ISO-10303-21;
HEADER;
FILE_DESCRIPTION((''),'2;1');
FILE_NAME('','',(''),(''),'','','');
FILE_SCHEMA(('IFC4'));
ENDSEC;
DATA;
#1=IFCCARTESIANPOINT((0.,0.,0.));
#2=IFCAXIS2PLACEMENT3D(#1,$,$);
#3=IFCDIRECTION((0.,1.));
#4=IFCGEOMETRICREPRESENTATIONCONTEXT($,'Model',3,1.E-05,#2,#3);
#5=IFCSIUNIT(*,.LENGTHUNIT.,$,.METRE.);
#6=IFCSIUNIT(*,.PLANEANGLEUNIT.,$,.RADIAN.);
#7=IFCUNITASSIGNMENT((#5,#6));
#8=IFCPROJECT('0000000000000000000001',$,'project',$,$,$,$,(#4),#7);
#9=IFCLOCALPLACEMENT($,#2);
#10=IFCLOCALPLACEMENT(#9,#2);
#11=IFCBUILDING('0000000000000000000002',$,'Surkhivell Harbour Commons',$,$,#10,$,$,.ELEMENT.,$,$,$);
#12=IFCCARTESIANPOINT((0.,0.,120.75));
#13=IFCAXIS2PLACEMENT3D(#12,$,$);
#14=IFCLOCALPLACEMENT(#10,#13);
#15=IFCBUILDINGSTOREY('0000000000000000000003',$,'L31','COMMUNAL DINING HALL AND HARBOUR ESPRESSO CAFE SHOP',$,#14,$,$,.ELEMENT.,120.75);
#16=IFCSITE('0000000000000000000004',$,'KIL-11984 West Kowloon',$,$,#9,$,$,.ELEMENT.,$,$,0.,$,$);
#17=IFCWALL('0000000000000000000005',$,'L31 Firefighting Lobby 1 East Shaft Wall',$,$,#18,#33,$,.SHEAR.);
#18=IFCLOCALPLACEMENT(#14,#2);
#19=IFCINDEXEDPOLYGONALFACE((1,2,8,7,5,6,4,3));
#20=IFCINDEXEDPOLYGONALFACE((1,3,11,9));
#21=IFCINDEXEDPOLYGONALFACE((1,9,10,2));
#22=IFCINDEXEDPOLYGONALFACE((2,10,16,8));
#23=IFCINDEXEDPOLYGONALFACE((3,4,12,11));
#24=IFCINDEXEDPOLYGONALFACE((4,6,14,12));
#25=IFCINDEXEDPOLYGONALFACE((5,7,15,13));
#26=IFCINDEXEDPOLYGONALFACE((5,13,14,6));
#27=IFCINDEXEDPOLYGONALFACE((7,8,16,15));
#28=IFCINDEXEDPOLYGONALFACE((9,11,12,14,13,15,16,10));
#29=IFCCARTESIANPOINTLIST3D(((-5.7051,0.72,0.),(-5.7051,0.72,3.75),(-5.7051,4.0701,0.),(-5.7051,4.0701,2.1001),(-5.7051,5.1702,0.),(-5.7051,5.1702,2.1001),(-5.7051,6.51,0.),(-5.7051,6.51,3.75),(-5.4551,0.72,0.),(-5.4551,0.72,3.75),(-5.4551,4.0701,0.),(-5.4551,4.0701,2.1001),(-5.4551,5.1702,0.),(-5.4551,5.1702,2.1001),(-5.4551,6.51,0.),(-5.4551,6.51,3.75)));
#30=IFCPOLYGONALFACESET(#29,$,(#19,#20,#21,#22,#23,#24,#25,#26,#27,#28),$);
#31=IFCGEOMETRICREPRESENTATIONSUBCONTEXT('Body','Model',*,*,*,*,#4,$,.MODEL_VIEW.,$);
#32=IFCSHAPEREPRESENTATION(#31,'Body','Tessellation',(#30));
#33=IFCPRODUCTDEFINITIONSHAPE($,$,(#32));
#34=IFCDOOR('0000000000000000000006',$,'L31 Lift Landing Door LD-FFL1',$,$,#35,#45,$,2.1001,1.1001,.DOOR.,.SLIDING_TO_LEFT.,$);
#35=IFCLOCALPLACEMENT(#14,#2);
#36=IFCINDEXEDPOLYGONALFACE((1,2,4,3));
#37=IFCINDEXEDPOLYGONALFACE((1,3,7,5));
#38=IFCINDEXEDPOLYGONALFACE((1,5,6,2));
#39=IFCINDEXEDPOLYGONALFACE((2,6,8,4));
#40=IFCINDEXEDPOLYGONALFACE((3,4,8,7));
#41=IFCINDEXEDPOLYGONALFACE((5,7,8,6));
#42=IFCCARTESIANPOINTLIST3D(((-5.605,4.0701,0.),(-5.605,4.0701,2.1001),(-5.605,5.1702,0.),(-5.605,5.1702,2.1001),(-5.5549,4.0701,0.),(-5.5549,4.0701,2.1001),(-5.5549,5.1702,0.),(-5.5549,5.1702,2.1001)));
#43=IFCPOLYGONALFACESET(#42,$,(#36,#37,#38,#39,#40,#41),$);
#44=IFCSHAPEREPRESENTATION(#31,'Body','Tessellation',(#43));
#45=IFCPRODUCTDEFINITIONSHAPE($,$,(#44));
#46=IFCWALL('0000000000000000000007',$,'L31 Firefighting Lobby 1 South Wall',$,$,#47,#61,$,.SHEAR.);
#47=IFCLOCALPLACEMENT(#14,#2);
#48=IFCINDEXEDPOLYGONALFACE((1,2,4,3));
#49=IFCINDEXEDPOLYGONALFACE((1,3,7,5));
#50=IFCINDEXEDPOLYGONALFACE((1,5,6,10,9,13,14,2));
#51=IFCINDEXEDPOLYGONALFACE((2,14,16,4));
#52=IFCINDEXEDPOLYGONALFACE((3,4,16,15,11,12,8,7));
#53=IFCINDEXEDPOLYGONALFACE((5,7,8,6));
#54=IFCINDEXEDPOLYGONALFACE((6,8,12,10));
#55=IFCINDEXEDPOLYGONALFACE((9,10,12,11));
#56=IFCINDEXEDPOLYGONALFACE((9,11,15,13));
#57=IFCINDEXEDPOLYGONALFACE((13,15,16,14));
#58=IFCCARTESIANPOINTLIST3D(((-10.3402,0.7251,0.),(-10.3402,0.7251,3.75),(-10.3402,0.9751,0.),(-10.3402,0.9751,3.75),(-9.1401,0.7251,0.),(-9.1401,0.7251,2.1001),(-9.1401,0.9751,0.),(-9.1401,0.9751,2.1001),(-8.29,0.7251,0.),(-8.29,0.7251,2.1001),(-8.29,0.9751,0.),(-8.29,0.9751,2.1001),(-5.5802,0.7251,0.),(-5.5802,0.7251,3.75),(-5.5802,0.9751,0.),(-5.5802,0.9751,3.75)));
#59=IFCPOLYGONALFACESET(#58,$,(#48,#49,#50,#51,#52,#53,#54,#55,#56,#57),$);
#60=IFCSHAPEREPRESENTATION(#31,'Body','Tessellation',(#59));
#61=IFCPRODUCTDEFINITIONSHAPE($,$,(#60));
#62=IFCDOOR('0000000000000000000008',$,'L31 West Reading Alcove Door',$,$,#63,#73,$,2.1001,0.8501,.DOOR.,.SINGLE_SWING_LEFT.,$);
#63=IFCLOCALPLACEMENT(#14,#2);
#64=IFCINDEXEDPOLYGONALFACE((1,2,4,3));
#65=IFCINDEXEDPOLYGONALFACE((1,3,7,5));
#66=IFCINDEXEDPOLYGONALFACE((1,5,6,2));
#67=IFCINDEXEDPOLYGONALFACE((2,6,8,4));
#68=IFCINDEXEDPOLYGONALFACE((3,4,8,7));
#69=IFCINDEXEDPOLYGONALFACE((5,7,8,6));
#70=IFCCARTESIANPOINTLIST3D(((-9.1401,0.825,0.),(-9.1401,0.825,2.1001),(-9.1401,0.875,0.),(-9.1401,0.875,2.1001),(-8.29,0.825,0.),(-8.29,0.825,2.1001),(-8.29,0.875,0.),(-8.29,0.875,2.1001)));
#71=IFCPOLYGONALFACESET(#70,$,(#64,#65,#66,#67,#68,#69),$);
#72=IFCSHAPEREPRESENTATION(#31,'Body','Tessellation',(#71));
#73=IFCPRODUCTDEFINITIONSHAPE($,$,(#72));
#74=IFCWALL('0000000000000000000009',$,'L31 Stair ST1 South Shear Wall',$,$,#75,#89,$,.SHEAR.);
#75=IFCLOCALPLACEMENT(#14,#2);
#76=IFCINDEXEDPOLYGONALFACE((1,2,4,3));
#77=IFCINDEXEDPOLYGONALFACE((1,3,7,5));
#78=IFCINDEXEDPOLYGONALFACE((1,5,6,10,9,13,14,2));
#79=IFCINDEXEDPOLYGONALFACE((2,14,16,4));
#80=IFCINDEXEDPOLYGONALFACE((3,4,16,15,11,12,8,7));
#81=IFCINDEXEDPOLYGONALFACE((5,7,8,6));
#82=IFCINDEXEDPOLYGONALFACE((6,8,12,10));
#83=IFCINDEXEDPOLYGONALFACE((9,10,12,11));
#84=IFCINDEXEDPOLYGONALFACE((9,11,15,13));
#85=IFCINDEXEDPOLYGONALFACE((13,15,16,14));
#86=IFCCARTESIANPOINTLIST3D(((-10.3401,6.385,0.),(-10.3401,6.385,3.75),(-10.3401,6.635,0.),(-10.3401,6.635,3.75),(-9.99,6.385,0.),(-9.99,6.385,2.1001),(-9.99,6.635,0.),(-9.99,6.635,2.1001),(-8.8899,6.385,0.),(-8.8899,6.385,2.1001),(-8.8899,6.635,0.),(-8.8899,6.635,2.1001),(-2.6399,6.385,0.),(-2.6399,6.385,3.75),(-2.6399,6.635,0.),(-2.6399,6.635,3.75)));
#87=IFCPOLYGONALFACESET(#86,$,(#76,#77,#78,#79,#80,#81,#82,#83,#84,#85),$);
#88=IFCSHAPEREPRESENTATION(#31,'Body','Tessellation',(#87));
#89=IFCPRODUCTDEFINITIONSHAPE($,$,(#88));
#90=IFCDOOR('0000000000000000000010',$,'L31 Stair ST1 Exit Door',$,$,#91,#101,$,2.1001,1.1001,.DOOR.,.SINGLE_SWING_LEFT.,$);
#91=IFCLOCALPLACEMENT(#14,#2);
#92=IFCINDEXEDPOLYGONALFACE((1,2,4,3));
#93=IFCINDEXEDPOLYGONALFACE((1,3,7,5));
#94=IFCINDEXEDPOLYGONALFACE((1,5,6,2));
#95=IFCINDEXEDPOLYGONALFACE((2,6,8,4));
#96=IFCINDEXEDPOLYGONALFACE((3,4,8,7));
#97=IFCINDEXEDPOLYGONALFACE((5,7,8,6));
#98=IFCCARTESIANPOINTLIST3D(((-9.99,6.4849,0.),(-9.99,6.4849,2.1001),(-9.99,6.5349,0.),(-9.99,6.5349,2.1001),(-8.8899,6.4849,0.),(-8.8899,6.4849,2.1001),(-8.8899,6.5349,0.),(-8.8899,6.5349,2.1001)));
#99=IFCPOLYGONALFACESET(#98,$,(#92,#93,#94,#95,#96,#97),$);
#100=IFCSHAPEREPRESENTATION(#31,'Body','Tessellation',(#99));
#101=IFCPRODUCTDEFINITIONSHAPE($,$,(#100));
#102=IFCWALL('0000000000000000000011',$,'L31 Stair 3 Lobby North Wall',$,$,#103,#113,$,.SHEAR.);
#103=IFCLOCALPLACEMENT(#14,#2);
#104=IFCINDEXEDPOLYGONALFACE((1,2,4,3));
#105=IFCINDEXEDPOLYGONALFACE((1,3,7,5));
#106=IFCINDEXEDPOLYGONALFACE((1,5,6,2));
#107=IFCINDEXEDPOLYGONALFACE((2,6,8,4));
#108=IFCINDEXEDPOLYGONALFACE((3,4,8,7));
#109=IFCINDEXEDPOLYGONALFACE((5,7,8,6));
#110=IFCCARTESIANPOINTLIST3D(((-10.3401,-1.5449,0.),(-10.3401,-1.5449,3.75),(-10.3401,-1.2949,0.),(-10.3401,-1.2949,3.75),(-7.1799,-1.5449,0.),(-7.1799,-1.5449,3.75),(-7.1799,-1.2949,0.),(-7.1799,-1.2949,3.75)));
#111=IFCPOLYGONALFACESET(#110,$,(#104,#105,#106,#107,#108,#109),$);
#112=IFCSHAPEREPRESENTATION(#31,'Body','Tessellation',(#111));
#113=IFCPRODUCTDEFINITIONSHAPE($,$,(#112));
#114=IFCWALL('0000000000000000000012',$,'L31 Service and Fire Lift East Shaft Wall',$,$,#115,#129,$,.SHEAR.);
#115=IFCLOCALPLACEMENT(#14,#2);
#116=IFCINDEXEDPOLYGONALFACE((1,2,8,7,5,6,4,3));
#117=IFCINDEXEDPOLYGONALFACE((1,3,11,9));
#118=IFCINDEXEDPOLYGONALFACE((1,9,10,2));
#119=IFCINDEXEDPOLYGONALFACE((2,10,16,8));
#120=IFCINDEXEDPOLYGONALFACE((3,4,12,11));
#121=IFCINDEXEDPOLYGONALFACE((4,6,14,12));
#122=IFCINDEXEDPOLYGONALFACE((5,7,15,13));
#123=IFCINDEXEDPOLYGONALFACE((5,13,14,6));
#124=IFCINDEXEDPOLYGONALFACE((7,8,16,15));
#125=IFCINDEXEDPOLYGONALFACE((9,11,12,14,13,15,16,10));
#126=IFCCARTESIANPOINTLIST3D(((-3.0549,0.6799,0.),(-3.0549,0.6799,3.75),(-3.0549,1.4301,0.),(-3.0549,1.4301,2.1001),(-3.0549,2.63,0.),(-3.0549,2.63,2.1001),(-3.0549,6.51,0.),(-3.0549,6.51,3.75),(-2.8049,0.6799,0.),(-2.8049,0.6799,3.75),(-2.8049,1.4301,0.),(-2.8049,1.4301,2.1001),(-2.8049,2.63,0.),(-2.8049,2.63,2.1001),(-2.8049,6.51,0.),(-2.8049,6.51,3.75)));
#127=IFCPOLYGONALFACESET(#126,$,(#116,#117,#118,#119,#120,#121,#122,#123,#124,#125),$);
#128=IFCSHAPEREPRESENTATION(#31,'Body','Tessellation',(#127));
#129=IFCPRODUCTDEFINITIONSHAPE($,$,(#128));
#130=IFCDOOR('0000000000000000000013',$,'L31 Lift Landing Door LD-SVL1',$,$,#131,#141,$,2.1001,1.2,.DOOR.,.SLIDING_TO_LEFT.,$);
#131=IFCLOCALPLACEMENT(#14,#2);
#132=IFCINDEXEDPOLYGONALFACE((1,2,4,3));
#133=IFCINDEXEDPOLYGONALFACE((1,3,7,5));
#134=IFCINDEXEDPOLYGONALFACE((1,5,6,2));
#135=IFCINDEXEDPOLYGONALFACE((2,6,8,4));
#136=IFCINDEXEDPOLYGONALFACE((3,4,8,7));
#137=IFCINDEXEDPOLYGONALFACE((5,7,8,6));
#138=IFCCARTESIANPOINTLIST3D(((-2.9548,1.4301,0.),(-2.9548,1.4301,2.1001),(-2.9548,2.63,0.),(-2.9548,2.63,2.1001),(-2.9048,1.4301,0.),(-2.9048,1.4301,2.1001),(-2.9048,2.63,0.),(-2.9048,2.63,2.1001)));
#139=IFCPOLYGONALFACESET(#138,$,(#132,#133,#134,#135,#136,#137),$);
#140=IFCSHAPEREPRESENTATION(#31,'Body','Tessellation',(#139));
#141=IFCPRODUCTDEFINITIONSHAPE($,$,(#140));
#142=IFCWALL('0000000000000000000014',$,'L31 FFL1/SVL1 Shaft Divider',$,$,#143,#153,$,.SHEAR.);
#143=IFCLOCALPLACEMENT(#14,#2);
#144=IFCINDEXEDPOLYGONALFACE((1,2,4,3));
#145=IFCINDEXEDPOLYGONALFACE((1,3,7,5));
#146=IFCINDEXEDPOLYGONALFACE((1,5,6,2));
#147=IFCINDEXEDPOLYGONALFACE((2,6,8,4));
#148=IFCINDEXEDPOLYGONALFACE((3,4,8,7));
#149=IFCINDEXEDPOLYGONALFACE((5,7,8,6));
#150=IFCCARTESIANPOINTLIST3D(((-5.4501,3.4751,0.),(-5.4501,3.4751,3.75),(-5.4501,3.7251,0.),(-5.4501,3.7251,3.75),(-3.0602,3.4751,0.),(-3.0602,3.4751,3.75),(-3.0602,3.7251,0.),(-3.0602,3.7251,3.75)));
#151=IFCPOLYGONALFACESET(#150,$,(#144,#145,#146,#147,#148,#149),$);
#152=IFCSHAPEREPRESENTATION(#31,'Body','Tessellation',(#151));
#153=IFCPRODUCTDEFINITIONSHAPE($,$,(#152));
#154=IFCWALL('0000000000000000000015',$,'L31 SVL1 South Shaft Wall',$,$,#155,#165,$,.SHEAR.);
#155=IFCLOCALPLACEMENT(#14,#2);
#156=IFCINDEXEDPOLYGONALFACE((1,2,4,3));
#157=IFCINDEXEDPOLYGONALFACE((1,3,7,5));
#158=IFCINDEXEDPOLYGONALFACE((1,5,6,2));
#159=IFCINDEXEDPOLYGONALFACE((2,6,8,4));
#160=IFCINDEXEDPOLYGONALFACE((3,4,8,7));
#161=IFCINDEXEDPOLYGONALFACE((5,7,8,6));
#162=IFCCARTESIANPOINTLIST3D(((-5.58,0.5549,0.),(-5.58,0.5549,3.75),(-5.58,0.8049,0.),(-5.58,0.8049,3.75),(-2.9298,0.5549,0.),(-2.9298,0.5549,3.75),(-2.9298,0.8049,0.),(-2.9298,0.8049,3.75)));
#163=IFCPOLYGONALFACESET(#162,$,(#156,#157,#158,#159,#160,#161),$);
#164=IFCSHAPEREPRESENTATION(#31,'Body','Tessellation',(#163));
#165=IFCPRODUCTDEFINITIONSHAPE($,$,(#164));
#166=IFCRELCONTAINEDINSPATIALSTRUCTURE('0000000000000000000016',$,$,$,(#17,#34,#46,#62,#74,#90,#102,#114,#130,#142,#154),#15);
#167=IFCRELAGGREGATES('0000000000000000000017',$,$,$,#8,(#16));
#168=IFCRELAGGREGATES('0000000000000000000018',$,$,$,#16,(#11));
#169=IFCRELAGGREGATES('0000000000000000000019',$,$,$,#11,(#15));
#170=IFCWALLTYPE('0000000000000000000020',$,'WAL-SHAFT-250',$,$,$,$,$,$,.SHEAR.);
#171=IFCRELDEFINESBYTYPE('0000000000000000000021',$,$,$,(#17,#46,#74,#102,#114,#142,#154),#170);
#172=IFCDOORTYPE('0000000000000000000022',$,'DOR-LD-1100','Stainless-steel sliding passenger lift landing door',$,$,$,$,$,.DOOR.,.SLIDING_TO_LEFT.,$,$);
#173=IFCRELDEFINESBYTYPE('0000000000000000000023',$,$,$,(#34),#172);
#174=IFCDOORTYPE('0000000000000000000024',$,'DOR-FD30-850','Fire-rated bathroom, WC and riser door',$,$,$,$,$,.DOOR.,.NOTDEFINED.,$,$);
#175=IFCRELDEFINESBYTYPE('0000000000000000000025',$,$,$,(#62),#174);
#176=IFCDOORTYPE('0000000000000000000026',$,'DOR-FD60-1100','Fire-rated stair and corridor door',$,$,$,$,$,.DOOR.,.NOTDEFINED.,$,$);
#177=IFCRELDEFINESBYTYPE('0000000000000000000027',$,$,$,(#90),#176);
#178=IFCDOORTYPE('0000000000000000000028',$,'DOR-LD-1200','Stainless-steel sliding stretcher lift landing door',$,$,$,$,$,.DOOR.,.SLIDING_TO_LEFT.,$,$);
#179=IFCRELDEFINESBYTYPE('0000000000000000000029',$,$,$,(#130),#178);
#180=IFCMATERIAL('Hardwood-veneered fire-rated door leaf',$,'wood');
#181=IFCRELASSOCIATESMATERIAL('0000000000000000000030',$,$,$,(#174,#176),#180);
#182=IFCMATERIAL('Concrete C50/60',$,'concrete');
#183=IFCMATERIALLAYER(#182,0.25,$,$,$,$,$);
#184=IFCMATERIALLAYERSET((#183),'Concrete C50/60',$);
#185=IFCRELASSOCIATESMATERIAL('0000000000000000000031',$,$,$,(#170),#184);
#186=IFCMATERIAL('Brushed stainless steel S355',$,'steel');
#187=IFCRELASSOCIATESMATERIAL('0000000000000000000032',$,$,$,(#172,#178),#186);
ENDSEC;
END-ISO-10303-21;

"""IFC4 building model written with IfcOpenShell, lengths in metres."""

from ifc_helpers import new_model, si_unit, direction, frame, frame_2d, origin, place, context, subcontext, project, spatial, rectangle, extrude, material, layer, layer_set, type_object, element, fill, save


model = new_model("IFC4")

# Units and contexts
model_context = context("Model", 3, precision=1e-05, world=origin(), true_north=direction((0.0, 1.0)))
body_context = subcontext(model_context, "Body", "Model", "MODEL_VIEW")
ifc_project = project(units=[si_unit("LENGTHUNIT", "METRE"), si_unit("PLANEANGLEUNIT", "RADIAN")], contexts=[model_context])

# Site, building, storey
site_placement = place(None, origin())
site = spatial("IfcSite", under=ifc_project, at=site_placement, Name="KIL-11984 West Kowloon", CompositionType="ELEMENT", RefElevation=0.0)
building_placement = place(site_placement, origin())
building = spatial("IfcBuilding", under=site, at=building_placement, Name="Surkhivell Harbour Commons", CompositionType="ELEMENT")
storey_placement = place(building_placement, frame((0.0, 0.0, 120.75)))
storey = spatial("IfcBuildingStorey", under=building, at=storey_placement, Name="L31", Description="COMMUNAL DINING HALL AND HARBOUR ESPRESSO CAFE SHOP", CompositionType="ELEMENT", Elevation=120.75)

# Shared definitions
ifc_material_1 = material(Name="Hardwood-veneered fire-rated door leaf", Category="wood")

# Shared definitions
door_type_1 = type_object("IfcDoorType", Name="DOR-FD30-850", Description="Fire-rated bathroom, WC and riser door", OperationType="NOTDEFINED", PredefinedType="DOOR", material=ifc_material_1)

# Walls, openings, doors
ifc_material_2 = material(Name="Concrete C50/60", Category="concrete")
ifc_layer_1 = layer(ifc_material_2, 0.25)
ifc_layer_set_1 = layer_set([ifc_layer_1], Name="Concrete C50/60")
wall_type_1 = type_object("IfcWallType", Name="WAL-SHAFT-250", PredefinedType="SHEAR", material=ifc_layer_set_1)
wall_1_placement = place(storey_placement, frame((-5.5801, 0.72, 0.0), z_axis=(0.0, 0.0, 1.0), x_axis=(0.0, 1.0, 0.0)))
wall_1 = element("IfcWall", 1, at=wall_1_placement, inside=storey, type_object=wall_type_1, Name="L31 Firefighting Lobby 1 East Shaft Wall", PredefinedType="SHEAR", context=body_context, shape_type="SweptSolid", body=[
    extrude(rectangle(XDim=5.79, YDim=0.25, at=frame_2d((2.895, 0.0))), origin(), (0.0, 0.0, 1.0), 3.75),
])
opening_1_placement = place(wall_1_placement, frame((3.3501, 0.0, 0.0)))
opening_1 = element("IfcOpeningElement", 2, at=opening_1_placement, cuts=wall_1, PredefinedType="OPENING", context=body_context, shape_type="SweptSolid", body=[
    extrude(rectangle(XDim=1.1001, YDim=2.1001, at=frame_2d((0.55, 1.05))), frame((0.0, 0.135, 0.0), z_axis=(0.0, -1.0, 0.0), x_axis=(1.0, 0.0, 0.0)), (0.0, 0.0, 1.0), 0.27),
])
ifc_material_3 = material(Name="Brushed stainless steel S355", Category="steel")
door_type_2 = type_object("IfcDoorType", Name="DOR-LD-1100", Description="Stainless-steel sliding passenger lift landing door", OperationType="SLIDING_TO_LEFT", PredefinedType="DOOR", material=ifc_material_3)
door_1_placement = place(opening_1_placement, origin())
door_1 = element("IfcDoor", 3, at=door_1_placement, inside=storey, type_object=door_type_2, Name="L31 Lift Landing Door LD-FFL1", OperationType="SLIDING_TO_LEFT", OverallHeight=2.1001, OverallWidth=1.1001, PredefinedType="DOOR", context=body_context, shape_type="SweptSolid", body=[
    extrude(rectangle(XDim=1.1001, YDim=2.1001, at=frame_2d((0.55, 1.05))), frame((0.0, 0.0249, 0.0), z_axis=(0.0, -1.0, 0.0), x_axis=(1.0, 0.0, 0.0)), (0.0, 0.0, 1.0), 0.05),
])
fill(opening_1, door_1)
wall_2_placement = place(storey_placement, frame((-10.3401, 0.8501, 0.0), z_axis=(0.0, 0.0, 1.0), x_axis=(1.0, 0.0, 0.0)))
wall_2 = element("IfcWall", 4, at=wall_2_placement, inside=storey, type_object=wall_type_1, Name="L31 Firefighting Lobby 1 South Wall", PredefinedType="SHEAR", context=body_context, shape_type="SweptSolid", body=[
    extrude(rectangle(XDim=4.76, YDim=0.25, at=frame_2d((2.3799, 0.0))), origin(), (0.0, 0.0, 1.0), 3.75),
])
opening_2_placement = place(wall_2_placement, frame((1.2, 0.0, 0.0)))
opening_2 = element("IfcOpeningElement", 5, at=opening_2_placement, cuts=wall_2, PredefinedType="OPENING", context=body_context, shape_type="SweptSolid", body=[
    extrude(rectangle(XDim=0.8501, YDim=2.1001, at=frame_2d((0.425, 1.05))), frame((0.0, 0.135, 0.0), z_axis=(0.0, -1.0, 0.0), x_axis=(1.0, 0.0, 0.0)), (0.0, 0.0, 1.0), 0.27),
])
door_2_placement = place(opening_2_placement, origin())
door_2 = element("IfcDoor", 6, at=door_2_placement, inside=storey, type_object=door_type_1, Name="L31 West Reading Alcove Door", OperationType="SINGLE_SWING_LEFT", OverallHeight=2.1001, OverallWidth=0.8501, PredefinedType="DOOR", context=body_context, shape_type="SweptSolid", body=[
    extrude(rectangle(XDim=0.8501, YDim=2.1001, at=frame_2d((0.425, 1.05))), frame((0.0, 0.0249, 0.0), z_axis=(0.0, -1.0, 0.0), x_axis=(1.0, 0.0, 0.0)), (0.0, 0.0, 1.0), 0.05),
])
fill(opening_2, door_2)
wall_3_placement = place(storey_placement, frame((-10.3401, 6.51, 0.0), z_axis=(0.0, 0.0, 1.0), x_axis=(1.0, 0.0, 0.0)))
wall_3 = element("IfcWall", 7, at=wall_3_placement, inside=storey, type_object=wall_type_1, Name="L31 Stair ST1 South Shear Wall", PredefinedType="SHEAR", context=body_context, shape_type="SweptSolid", body=[
    extrude(rectangle(XDim=7.7002, YDim=0.25, at=frame_2d((3.8501, 0.0))), origin(), (0.0, 0.0, 1.0), 3.75),
])
opening_3_placement = place(wall_3_placement, frame((0.3501, 0.0, 0.0)))
opening_3 = element("IfcOpeningElement", 8, at=opening_3_placement, cuts=wall_3, PredefinedType="OPENING", context=body_context, shape_type="SweptSolid", body=[
    extrude(rectangle(XDim=1.1001, YDim=2.1001, at=frame_2d((0.55, 1.05))), frame((0.0, 0.135, 0.0), z_axis=(0.0, -1.0, 0.0), x_axis=(1.0, 0.0, 0.0)), (0.0, 0.0, 1.0), 0.27),
])
door_type_3 = type_object("IfcDoorType", Name="DOR-FD60-1100", Description="Fire-rated stair and corridor door", OperationType="NOTDEFINED", PredefinedType="DOOR", material=ifc_material_1)
door_3_placement = place(opening_3_placement, origin())
door_3 = element("IfcDoor", 9, at=door_3_placement, inside=storey, type_object=door_type_3, Name="L31 Stair ST1 Exit Door", OperationType="SINGLE_SWING_LEFT", OverallHeight=2.1001, OverallWidth=1.1001, PredefinedType="DOOR", context=body_context, shape_type="SweptSolid", body=[
    extrude(rectangle(XDim=1.1001, YDim=2.1001, at=frame_2d((0.55, 1.05))), frame((0.0, 0.0249, 0.0), z_axis=(0.0, -1.0, 0.0), x_axis=(1.0, 0.0, 0.0)), (0.0, 0.0, 1.0), 0.05),
])
fill(opening_3, door_3)

# Wall
wall_4_placement = place(storey_placement, frame((-10.3401, -1.4199, 0.0), z_axis=(0.0, 0.0, 1.0), x_axis=(1.0, 0.0, 0.0)))
element("IfcWall", 10, at=wall_4_placement, inside=storey, type_object=wall_type_1, Name="L31 Stair 3 Lobby North Wall", PredefinedType="SHEAR", context=body_context, shape_type="SweptSolid", body=[
    extrude(rectangle(XDim=3.1602, YDim=0.25, at=frame_2d((1.5801, 0.0))), origin(), (0.0, 0.0, 1.0), 3.75),
])

# Wall, opening, door
wall_5_placement = place(storey_placement, frame((-2.9299, 0.6799, 0.0), z_axis=(0.0, 0.0, 1.0), x_axis=(0.0, 1.0, 0.0)))
wall_5 = element("IfcWall", 11, at=wall_5_placement, inside=storey, type_object=wall_type_1, Name="L31 Service and Fire Lift East Shaft Wall", PredefinedType="SHEAR", context=body_context, shape_type="SweptSolid", body=[
    extrude(rectangle(XDim=5.8301, YDim=0.25, at=frame_2d((2.915, 0.0))), origin(), (0.0, 0.0, 1.0), 3.75),
])
opening_4_placement = place(wall_5_placement, frame((0.75, 0.0, 0.0)))
opening_4 = element("IfcOpeningElement", 12, at=opening_4_placement, cuts=wall_5, PredefinedType="OPENING", context=body_context, shape_type="SweptSolid", body=[
    extrude(rectangle(XDim=1.2, YDim=2.1001, at=frame_2d((0.6001, 1.05))), frame((0.0, 0.135, 0.0), z_axis=(0.0, -1.0, 0.0), x_axis=(1.0, 0.0, 0.0)), (0.0, 0.0, 1.0), 0.27),
])
door_type_4 = type_object("IfcDoorType", Name="DOR-LD-1200", Description="Stainless-steel sliding stretcher lift landing door", OperationType="SLIDING_TO_LEFT", PredefinedType="DOOR", material=ifc_material_3)
door_4_placement = place(opening_4_placement, origin())
door_4 = element("IfcDoor", 13, at=door_4_placement, inside=storey, type_object=door_type_4, Name="L31 Lift Landing Door LD-SVL1", OperationType="SLIDING_TO_LEFT", OverallHeight=2.1001, OverallWidth=1.2, PredefinedType="DOOR", context=body_context, shape_type="SweptSolid", body=[
    extrude(rectangle(XDim=1.2, YDim=2.1001, at=frame_2d((0.6001, 1.05))), frame((0.0, 0.0249, 0.0), z_axis=(0.0, -1.0, 0.0), x_axis=(1.0, 0.0, 0.0)), (0.0, 0.0, 1.0), 0.05),
])
fill(opening_4, door_4)

# Walls
wall_6_placement = place(storey_placement, frame((-5.45, 3.6001, 0.0), z_axis=(0.0, 0.0, 1.0), x_axis=(1.0, 0.0, 0.0)))
element("IfcWall", 14, at=wall_6_placement, inside=storey, type_object=wall_type_1, Name="L31 FFL1/SVL1 Shaft Divider", PredefinedType="SHEAR", context=body_context, shape_type="SweptSolid", body=[
    extrude(rectangle(XDim=2.3899, YDim=0.25, at=frame_2d((1.1948, 0.0))), origin(), (0.0, 0.0, 1.0), 3.75),
])
wall_7_placement = place(storey_placement, frame((-5.5801, 0.6799, 0.0), z_axis=(0.0, 0.0, 1.0), x_axis=(1.0, 0.0, 0.0)))
element("IfcWall", 15, at=wall_7_placement, inside=storey, type_object=wall_type_1, Name="L31 SVL1 South Shaft Wall", PredefinedType="SHEAR", context=body_context, shape_type="SweptSolid", body=[
    extrude(rectangle(XDim=2.6501, YDim=0.25, at=frame_2d((1.3252, 0.0))), origin(), (0.0, 0.0, 1.0), 3.75),
])

save(model, "model.ifc")
